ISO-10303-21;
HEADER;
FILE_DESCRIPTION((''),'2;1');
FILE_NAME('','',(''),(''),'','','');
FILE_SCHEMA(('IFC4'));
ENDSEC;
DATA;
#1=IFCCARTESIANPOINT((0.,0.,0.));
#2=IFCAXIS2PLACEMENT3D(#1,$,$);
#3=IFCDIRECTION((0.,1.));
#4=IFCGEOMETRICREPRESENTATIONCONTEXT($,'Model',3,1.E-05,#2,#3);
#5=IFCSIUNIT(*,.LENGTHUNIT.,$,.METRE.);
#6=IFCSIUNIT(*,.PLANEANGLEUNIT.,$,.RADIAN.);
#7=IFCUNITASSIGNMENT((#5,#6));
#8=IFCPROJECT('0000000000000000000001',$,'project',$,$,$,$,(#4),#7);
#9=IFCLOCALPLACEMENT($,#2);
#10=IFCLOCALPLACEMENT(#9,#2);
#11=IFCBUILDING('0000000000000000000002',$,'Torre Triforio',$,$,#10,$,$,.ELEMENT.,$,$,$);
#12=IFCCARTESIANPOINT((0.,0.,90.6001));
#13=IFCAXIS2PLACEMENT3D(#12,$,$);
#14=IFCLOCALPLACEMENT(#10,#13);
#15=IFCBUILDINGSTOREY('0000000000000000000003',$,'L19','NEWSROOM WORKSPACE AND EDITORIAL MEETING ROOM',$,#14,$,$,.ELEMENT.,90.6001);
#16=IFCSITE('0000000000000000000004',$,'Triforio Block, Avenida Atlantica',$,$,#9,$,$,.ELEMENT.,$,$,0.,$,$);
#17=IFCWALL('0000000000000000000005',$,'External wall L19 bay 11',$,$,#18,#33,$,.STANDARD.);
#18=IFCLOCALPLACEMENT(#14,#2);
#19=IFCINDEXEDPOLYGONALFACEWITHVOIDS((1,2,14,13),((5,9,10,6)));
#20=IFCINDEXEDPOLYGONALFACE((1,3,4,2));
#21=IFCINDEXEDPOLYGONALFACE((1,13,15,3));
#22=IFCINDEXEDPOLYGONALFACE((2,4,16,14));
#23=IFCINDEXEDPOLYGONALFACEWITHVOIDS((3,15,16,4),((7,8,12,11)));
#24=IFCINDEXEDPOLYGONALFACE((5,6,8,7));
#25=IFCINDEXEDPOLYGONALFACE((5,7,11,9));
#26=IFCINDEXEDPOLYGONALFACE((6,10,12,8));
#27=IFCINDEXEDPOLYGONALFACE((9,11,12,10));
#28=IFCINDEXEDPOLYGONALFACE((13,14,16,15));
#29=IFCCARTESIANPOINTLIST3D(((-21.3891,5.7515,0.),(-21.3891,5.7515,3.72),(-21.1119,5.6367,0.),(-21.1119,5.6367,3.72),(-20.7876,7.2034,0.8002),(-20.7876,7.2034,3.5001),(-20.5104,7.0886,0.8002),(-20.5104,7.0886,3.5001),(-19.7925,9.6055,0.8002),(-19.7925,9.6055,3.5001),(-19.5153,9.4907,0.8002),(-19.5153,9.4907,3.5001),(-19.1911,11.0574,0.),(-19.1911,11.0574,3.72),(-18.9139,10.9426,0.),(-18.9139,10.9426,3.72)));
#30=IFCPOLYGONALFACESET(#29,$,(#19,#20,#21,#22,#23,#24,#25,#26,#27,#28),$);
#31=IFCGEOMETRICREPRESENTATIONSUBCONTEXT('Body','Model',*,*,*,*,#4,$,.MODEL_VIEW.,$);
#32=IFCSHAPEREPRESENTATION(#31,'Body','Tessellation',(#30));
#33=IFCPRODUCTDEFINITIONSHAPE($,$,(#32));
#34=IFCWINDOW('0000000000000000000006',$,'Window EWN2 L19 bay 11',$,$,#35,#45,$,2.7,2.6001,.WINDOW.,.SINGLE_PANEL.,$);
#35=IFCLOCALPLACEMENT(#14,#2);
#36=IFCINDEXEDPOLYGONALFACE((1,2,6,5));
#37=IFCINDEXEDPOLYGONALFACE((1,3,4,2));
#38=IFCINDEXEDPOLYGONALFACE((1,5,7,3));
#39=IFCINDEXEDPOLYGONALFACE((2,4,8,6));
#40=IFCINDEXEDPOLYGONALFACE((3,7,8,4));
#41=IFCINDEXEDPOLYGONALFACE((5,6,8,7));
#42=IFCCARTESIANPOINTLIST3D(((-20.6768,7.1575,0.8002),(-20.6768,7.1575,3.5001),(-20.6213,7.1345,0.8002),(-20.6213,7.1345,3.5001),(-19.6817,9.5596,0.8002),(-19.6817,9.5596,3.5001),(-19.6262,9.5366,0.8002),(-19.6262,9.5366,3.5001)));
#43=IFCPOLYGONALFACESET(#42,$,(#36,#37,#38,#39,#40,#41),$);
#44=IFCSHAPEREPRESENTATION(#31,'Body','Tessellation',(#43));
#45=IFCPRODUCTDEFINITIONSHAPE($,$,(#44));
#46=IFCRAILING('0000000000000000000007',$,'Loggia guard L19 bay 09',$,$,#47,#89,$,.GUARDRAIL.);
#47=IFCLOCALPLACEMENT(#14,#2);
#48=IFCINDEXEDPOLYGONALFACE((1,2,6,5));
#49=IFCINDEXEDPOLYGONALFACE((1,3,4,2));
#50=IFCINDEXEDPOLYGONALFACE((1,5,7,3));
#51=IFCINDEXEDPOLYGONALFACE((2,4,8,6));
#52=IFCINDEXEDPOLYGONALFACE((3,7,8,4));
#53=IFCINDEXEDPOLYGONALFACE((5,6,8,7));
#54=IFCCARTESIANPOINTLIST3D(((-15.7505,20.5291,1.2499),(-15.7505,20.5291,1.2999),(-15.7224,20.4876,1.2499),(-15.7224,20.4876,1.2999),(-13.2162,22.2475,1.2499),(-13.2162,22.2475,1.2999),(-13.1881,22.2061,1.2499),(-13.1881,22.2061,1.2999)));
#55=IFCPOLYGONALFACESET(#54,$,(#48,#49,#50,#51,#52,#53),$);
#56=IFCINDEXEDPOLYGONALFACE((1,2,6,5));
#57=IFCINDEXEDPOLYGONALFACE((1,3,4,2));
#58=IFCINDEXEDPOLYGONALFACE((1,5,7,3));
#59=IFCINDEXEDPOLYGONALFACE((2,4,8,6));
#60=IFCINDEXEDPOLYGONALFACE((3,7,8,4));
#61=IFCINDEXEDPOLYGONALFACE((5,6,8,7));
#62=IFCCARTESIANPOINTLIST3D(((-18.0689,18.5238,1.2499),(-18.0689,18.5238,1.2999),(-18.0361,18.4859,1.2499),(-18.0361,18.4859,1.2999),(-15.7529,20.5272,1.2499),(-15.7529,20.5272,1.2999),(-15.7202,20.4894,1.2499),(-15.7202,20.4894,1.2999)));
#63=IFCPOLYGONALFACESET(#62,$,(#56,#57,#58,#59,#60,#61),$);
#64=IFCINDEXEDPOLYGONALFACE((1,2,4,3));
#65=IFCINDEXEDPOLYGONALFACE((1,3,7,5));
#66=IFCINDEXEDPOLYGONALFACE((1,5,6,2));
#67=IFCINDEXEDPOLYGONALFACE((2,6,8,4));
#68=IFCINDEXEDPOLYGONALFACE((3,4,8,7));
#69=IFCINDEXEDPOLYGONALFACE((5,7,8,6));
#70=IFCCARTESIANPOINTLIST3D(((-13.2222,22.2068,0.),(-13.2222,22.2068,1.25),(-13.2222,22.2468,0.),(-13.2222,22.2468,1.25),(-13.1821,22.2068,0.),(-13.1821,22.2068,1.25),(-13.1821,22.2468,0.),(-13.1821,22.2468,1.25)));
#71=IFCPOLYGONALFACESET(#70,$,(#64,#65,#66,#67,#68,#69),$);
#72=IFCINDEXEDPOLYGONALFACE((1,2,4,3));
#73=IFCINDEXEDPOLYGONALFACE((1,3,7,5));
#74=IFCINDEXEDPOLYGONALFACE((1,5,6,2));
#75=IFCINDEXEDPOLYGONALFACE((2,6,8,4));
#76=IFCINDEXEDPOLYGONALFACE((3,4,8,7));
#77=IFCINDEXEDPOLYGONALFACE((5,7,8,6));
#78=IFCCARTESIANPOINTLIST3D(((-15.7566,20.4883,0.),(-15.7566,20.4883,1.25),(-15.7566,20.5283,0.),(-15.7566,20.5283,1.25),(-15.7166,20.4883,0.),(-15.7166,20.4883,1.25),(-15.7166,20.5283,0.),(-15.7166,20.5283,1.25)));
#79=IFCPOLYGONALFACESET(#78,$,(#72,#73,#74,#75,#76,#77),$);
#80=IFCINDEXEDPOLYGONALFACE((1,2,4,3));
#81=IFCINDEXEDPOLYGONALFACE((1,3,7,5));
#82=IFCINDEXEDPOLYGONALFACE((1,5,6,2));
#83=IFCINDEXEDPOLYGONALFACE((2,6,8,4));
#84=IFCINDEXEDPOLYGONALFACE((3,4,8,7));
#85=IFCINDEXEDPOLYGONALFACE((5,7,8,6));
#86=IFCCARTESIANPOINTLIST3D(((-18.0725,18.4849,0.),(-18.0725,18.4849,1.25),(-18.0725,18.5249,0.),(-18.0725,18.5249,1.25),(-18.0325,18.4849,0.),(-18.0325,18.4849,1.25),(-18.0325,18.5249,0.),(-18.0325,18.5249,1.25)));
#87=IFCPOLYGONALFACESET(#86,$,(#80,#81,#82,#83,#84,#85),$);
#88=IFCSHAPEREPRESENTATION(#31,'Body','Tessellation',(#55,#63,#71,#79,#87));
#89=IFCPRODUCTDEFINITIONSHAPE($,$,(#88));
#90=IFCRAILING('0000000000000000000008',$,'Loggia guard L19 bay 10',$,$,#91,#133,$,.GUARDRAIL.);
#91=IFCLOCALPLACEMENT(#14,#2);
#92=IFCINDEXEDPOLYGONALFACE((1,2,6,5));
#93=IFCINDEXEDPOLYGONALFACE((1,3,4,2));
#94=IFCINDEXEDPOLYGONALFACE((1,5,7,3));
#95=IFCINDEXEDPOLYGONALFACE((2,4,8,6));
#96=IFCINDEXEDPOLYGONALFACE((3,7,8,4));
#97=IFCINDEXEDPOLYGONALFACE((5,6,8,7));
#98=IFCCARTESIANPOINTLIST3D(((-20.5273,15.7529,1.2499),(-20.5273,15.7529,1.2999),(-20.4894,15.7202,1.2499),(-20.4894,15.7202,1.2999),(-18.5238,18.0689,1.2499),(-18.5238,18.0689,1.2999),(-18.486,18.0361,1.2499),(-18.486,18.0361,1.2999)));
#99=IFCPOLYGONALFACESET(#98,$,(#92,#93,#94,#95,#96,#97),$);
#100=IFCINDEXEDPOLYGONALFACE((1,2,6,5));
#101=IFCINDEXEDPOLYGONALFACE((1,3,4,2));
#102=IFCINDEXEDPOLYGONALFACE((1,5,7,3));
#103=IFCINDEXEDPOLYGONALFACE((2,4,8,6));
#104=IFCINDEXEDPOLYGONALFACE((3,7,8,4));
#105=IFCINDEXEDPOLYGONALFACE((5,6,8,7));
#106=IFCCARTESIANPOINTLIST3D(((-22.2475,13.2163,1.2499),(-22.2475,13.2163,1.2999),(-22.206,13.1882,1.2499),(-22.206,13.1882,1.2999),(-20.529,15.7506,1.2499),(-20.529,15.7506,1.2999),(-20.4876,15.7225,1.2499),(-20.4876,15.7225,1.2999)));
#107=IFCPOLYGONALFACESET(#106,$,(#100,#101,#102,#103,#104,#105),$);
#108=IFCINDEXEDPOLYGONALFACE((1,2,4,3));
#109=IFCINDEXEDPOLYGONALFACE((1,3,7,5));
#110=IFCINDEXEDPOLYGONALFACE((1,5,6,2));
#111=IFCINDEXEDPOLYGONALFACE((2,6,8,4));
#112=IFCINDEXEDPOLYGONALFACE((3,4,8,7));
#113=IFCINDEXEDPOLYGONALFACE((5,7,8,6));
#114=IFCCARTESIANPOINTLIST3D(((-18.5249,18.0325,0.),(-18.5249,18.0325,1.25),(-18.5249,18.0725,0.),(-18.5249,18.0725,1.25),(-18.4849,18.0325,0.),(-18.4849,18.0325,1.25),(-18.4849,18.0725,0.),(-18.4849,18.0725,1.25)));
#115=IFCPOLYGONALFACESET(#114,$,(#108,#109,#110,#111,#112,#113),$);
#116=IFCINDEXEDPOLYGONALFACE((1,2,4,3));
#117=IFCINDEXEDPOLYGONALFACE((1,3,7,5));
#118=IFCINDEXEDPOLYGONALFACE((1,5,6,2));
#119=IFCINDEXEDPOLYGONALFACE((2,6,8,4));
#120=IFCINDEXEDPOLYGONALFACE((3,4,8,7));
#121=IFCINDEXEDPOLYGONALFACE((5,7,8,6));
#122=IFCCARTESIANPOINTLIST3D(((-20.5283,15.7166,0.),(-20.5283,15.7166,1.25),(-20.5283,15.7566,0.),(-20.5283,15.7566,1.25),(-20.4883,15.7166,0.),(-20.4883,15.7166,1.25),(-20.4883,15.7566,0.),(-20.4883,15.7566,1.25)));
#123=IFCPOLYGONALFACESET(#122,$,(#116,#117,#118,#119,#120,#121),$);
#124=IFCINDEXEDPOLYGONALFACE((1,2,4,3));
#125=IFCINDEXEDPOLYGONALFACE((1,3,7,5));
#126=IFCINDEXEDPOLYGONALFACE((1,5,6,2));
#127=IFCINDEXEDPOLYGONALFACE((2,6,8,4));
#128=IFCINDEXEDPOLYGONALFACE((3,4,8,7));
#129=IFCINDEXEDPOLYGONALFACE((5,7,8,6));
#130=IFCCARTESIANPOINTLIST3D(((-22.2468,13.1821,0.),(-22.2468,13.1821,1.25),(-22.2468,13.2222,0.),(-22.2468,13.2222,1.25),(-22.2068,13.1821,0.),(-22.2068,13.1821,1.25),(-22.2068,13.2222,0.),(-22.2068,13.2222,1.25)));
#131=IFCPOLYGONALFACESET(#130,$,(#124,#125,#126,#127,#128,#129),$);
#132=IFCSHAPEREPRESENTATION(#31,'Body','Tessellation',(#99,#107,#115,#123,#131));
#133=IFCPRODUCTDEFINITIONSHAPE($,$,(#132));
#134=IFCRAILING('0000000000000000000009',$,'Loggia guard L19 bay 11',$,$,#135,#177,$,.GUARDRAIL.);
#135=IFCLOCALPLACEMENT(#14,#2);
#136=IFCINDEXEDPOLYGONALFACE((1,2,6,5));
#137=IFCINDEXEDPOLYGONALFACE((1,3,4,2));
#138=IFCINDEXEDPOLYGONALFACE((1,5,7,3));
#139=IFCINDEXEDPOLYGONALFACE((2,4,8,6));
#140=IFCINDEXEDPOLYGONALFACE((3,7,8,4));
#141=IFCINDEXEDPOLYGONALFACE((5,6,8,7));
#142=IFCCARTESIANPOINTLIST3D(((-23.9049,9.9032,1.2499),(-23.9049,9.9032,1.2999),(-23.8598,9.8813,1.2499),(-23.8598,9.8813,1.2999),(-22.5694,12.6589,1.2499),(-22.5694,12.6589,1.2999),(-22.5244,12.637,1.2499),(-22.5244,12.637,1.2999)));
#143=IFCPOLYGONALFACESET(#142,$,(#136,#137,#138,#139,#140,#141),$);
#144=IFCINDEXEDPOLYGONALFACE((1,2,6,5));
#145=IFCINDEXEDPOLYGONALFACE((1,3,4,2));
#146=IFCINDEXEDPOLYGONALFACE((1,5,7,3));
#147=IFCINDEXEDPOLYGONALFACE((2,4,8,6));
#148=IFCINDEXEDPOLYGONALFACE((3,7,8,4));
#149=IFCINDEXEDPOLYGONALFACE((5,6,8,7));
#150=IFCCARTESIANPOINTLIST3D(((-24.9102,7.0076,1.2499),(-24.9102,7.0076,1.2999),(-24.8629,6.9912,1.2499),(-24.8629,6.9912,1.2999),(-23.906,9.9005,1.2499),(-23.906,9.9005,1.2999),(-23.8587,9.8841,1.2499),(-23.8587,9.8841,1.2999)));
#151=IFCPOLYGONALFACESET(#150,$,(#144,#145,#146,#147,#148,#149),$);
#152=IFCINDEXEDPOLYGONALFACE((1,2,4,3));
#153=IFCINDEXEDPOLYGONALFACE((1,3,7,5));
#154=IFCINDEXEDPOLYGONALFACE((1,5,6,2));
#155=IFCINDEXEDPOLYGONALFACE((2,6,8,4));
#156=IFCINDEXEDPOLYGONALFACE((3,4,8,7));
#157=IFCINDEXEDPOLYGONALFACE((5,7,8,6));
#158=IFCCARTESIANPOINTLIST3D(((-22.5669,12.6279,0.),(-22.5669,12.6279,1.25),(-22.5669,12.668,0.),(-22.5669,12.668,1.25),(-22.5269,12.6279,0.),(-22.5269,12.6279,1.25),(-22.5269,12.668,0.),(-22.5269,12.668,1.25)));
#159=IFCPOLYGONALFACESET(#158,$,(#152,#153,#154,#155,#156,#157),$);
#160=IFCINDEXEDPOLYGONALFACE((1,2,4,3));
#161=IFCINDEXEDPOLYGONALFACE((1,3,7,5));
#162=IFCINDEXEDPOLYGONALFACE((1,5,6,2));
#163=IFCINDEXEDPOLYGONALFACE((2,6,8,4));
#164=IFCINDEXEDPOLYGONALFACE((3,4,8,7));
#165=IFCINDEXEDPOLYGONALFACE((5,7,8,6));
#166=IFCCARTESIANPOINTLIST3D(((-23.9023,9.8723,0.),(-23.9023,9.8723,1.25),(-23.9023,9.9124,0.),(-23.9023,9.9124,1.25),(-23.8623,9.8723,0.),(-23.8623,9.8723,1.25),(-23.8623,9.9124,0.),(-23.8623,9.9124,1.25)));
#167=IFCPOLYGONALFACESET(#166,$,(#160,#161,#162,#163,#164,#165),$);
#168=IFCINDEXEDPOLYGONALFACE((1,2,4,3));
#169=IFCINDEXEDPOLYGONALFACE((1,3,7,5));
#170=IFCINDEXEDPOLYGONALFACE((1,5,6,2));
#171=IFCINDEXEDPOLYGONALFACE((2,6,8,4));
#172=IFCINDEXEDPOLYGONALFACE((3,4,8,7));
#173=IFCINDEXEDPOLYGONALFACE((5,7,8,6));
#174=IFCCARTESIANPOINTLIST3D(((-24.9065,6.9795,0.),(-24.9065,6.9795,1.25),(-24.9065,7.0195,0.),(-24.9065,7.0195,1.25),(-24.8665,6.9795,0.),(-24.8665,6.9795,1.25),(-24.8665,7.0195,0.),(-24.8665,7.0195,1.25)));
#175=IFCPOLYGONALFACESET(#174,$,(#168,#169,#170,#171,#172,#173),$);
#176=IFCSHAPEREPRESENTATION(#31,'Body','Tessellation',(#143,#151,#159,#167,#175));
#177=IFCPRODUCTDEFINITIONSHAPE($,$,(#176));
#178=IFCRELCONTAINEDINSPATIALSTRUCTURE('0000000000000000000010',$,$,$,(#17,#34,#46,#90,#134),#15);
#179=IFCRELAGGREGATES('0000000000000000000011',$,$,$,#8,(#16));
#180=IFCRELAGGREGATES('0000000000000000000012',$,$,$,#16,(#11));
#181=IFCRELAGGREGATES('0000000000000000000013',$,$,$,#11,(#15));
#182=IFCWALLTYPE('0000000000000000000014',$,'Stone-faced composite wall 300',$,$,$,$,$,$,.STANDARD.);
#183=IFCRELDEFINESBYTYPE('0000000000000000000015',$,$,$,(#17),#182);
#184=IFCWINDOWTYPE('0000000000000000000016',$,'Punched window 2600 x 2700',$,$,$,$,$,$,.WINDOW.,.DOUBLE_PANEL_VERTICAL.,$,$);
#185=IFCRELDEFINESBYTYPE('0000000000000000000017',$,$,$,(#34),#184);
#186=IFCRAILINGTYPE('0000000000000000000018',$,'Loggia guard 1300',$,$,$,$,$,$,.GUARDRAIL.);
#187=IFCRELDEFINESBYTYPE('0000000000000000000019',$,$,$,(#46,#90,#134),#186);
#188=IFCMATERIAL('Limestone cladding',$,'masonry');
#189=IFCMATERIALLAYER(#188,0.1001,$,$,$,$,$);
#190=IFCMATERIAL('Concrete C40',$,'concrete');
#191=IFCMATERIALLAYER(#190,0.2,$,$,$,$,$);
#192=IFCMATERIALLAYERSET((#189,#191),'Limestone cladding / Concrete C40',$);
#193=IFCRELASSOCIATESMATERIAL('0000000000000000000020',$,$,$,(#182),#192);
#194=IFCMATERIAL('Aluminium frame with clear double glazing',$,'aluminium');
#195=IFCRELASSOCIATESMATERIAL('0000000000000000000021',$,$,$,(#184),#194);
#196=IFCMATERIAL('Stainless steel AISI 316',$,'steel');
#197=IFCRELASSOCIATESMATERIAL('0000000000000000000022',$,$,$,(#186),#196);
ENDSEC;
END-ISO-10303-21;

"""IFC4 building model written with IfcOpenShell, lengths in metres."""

from ifc_helpers import new_model, si_unit, direction, frame, frame_2d, origin, origin_2d, place, context, subcontext, project, spatial, rectangle, extrude, material, layer, layer_set, type_object, element, fill, save


model = new_model("IFC4")

# Units and contexts
model_context = context("Model", 3, precision=1e-05, world=origin(), true_north=direction((0.0, 1.0)))
body_context = subcontext(model_context, "Body", "Model", "MODEL_VIEW")
ifc_project = project(units=[si_unit("LENGTHUNIT", "METRE"), si_unit("PLANEANGLEUNIT", "RADIAN")], contexts=[model_context])

# Site, building, storey
site_placement = place(None, origin())
site = spatial("IfcSite", under=ifc_project, at=site_placement, Name="Triforio Block, Avenida Atlantica", CompositionType="ELEMENT", RefElevation=0.0)
building_placement = place(site_placement, origin())
building = spatial("IfcBuilding", under=site, at=building_placement, Name="Torre Triforio", CompositionType="ELEMENT")
storey_placement = place(building_placement, frame((0.0, 0.0, 90.6001)))
storey = spatial("IfcBuildingStorey", under=building, at=storey_placement, Name="L19", Description="NEWSROOM WORKSPACE AND EDITORIAL MEETING ROOM", CompositionType="ELEMENT", Elevation=90.6001)

# Shared definitions
ifc_material_1 = material(Name="Limestone cladding", Category="masonry")
ifc_material_2 = material(Name="Concrete C40", Category="concrete")

# Shared definitions
ifc_layer_1 = layer(ifc_material_1, 0.1001)
ifc_layer_2 = layer(ifc_material_2, 0.2)
ifc_layer_set_1 = layer_set([ifc_layer_1, ifc_layer_2], Name="Limestone cladding / Concrete C40")
wall_type_1 = type_object("IfcWallType", Name="Stone-faced composite wall 300", PredefinedType="STANDARD", material=ifc_layer_set_1)
ifc_material_3 = material(Name="Aluminium frame with clear double glazing", Category="aluminium")
window_type_1 = type_object("IfcWindowType", Name="Punched window 2600 x 2700", PartitioningType="DOUBLE_PANEL_VERTICAL", PredefinedType="WINDOW", material=ifc_material_3)

# Wall, opening, window
wall_1_placement = place(storey_placement, frame((-19.0525, 11.0, 0.0), z_axis=(0.0, 0.0, 1.0), x_axis=(-0.382716, -0.923866, 0.0)))
wall_1 = element("IfcWall", 1, at=wall_1_placement, inside=storey, type_object=wall_type_1, Name="External wall L19 bay 11", PredefinedType="STANDARD", context=body_context, shape_type="SweptSolid", body=[
    extrude(rectangle(XDim=5.7432, YDim=0.3, at=frame_2d((2.8716, 0.0))), origin(), (0.0, 0.0, 1.0), 3.72),
])
opening_1_placement = place(wall_1_placement, frame((1.5715, 0.0, 0.8)))
opening_1 = element("IfcOpeningElement", 2, at=opening_1_placement, cuts=wall_1, PredefinedType="OPENING", context=body_context, shape_type="SweptSolid", body=[
    extrude(rectangle(XDim=2.6001, YDim=2.7, at=frame_2d((1.3, 1.3501))), frame((0.0, 0.1599, 0.0), z_axis=(0.0, -1.0, 0.0), x_axis=(1.0, 0.0, 0.0)), (0.0, 0.0, 1.0), 0.3201),
])
window_1_placement = place(opening_1_placement, origin())
window_1 = element("IfcWindow", 3, at=window_1_placement, inside=storey, type_object=window_type_1, Name="Window EWN2 L19 bay 11", OverallHeight=2.7, OverallWidth=2.6001, PartitioningType="SINGLE_PANEL", PredefinedType="WINDOW", context=body_context, shape_type="SweptSolid", body=[
    extrude(rectangle(XDim=2.6001, YDim=2.7, at=frame_2d((1.3, 1.3501))), frame((0.0, 0.03, 0.0), z_axis=(0.0, -1.0, 0.0), x_axis=(1.0, 0.0, 0.0)), (0.0, 0.0, 1.0), 0.0601),
])
fill(opening_1, window_1)

# Railings
ifc_material_4 = material(Name="Stainless steel AISI 316", Category="steel")
railing_type = type_object("IfcRailingType", Name="Loggia guard 1300", PredefinedType="GUARDRAIL", material=ifc_material_4)
railing_1_placement = place(storey_placement, frame((-13.2021, 22.2268, 0.0)))
element("IfcRailing", 4, at=railing_1_placement, inside=storey, type_object=railing_type, Name="Loggia guard L19 bay 09", PredefinedType="GUARDRAIL", context=body_context, shape_type="SweptSolid", body=[
    extrude(rectangle(XDim=0.05, YDim=0.05, at=origin_2d()), frame((0.0, 0.0, 1.2749), z_axis=(-0.82767, -0.561215, 0.0), x_axis=(0.561215, -0.82767, 0.0)), (0.0, 0.0, 1.0), 3.062),
    extrude(rectangle(XDim=0.05, YDim=0.05, at=origin_2d()), frame((-2.5344, -1.7185, 1.2749), z_axis=(-0.756289, -0.654238, 0.0), x_axis=(0.654238, -0.756289, 0.0)), (0.0, 0.0, 1.0), 3.0623),
    extrude(rectangle(XDim=0.04, YDim=0.04, at=origin_2d()), origin(), (0.0, 0.0, 1.0), 1.25),
    extrude(rectangle(XDim=0.04, YDim=0.04, at=origin_2d()), frame((-2.5344, -1.7185, 0.0)), (0.0, 0.0, 1.0), 1.25),
    extrude(rectangle(XDim=0.04, YDim=0.04, at=origin_2d()), frame((-4.8503, -3.7219, 0.0)), (0.0, 0.0, 1.0), 1.25),
])
railing_2_placement = place(storey_placement, frame((-18.5049, 18.0525, 0.0)))
element("IfcRailing", 5, at=railing_2_placement, inside=storey, type_object=railing_type, Name="Loggia guard L19 bay 10", PredefinedType="GUARDRAIL", context=body_context, shape_type="SweptSolid", body=[
    extrude(rectangle(XDim=0.05, YDim=0.05, at=origin_2d()), frame((0.0, 0.0, 1.2749), z_axis=(-0.654238, -0.756289, 0.0), x_axis=(0.756289, -0.654238, 0.0)), (0.0, 0.0, 1.0), 3.0623),
    extrude(rectangle(XDim=0.05, YDim=0.05, at=origin_2d()), frame((-2.0034, -2.3159, 1.2749), z_axis=(-0.561215, -0.82767, 0.0), x_axis=(0.82767, -0.561215, 0.0)), (0.0, 0.0, 1.0), 3.062),
    extrude(rectangle(XDim=0.04, YDim=0.04, at=origin_2d()), origin(), (0.0, 0.0, 1.0), 1.25),
    extrude(rectangle(XDim=0.04, YDim=0.04, at=origin_2d()), frame((-2.0034, -2.3159, 0.0)), (0.0, 0.0, 1.0), 1.25),
    extrude(rectangle(XDim=0.04, YDim=0.04, at=origin_2d()), frame((-3.7219, -4.8503, 0.0)), (0.0, 0.0, 1.0), 1.25),
])
railing_3_placement = place(storey_placement, frame((-22.5469, 12.6479, 0.0)))
element("IfcRailing", 6, at=railing_3_placement, inside=storey, type_object=railing_type, Name="Loggia guard L19 bay 11", PredefinedType="GUARDRAIL", context=body_context, shape_type="SweptSolid", body=[
    extrude(rectangle(XDim=0.05, YDim=0.05, at=origin_2d()), frame((0.0, 0.0, 1.2749), z_axis=(-0.436113, -0.899892, 0.0), x_axis=(0.899892, -0.436113, 0.0)), (0.0, 0.0, 1.0), 3.0623),
    extrude(rectangle(XDim=0.05, YDim=0.05, at=origin_2d()), frame((-1.3354, -2.7556, 1.2749), z_axis=(-0.327924, -0.944704, 0.0), x_axis=(0.944704, -0.327924, 0.0)), (0.0, 0.0, 1.0), 3.0623),
    extrude(rectangle(XDim=0.04, YDim=0.04, at=origin_2d()), origin(), (0.0, 0.0, 1.0), 1.25),
    extrude(rectangle(XDim=0.04, YDim=0.04, at=origin_2d()), frame((-1.3354, -2.7556, 0.0)), (0.0, 0.0, 1.0), 1.25),
    extrude(rectangle(XDim=0.04, YDim=0.04, at=origin_2d()), frame((-2.3396, -5.6484, 0.0)), (0.0, 0.0, 1.0), 1.25),
])

save(model, "model.ifc")
